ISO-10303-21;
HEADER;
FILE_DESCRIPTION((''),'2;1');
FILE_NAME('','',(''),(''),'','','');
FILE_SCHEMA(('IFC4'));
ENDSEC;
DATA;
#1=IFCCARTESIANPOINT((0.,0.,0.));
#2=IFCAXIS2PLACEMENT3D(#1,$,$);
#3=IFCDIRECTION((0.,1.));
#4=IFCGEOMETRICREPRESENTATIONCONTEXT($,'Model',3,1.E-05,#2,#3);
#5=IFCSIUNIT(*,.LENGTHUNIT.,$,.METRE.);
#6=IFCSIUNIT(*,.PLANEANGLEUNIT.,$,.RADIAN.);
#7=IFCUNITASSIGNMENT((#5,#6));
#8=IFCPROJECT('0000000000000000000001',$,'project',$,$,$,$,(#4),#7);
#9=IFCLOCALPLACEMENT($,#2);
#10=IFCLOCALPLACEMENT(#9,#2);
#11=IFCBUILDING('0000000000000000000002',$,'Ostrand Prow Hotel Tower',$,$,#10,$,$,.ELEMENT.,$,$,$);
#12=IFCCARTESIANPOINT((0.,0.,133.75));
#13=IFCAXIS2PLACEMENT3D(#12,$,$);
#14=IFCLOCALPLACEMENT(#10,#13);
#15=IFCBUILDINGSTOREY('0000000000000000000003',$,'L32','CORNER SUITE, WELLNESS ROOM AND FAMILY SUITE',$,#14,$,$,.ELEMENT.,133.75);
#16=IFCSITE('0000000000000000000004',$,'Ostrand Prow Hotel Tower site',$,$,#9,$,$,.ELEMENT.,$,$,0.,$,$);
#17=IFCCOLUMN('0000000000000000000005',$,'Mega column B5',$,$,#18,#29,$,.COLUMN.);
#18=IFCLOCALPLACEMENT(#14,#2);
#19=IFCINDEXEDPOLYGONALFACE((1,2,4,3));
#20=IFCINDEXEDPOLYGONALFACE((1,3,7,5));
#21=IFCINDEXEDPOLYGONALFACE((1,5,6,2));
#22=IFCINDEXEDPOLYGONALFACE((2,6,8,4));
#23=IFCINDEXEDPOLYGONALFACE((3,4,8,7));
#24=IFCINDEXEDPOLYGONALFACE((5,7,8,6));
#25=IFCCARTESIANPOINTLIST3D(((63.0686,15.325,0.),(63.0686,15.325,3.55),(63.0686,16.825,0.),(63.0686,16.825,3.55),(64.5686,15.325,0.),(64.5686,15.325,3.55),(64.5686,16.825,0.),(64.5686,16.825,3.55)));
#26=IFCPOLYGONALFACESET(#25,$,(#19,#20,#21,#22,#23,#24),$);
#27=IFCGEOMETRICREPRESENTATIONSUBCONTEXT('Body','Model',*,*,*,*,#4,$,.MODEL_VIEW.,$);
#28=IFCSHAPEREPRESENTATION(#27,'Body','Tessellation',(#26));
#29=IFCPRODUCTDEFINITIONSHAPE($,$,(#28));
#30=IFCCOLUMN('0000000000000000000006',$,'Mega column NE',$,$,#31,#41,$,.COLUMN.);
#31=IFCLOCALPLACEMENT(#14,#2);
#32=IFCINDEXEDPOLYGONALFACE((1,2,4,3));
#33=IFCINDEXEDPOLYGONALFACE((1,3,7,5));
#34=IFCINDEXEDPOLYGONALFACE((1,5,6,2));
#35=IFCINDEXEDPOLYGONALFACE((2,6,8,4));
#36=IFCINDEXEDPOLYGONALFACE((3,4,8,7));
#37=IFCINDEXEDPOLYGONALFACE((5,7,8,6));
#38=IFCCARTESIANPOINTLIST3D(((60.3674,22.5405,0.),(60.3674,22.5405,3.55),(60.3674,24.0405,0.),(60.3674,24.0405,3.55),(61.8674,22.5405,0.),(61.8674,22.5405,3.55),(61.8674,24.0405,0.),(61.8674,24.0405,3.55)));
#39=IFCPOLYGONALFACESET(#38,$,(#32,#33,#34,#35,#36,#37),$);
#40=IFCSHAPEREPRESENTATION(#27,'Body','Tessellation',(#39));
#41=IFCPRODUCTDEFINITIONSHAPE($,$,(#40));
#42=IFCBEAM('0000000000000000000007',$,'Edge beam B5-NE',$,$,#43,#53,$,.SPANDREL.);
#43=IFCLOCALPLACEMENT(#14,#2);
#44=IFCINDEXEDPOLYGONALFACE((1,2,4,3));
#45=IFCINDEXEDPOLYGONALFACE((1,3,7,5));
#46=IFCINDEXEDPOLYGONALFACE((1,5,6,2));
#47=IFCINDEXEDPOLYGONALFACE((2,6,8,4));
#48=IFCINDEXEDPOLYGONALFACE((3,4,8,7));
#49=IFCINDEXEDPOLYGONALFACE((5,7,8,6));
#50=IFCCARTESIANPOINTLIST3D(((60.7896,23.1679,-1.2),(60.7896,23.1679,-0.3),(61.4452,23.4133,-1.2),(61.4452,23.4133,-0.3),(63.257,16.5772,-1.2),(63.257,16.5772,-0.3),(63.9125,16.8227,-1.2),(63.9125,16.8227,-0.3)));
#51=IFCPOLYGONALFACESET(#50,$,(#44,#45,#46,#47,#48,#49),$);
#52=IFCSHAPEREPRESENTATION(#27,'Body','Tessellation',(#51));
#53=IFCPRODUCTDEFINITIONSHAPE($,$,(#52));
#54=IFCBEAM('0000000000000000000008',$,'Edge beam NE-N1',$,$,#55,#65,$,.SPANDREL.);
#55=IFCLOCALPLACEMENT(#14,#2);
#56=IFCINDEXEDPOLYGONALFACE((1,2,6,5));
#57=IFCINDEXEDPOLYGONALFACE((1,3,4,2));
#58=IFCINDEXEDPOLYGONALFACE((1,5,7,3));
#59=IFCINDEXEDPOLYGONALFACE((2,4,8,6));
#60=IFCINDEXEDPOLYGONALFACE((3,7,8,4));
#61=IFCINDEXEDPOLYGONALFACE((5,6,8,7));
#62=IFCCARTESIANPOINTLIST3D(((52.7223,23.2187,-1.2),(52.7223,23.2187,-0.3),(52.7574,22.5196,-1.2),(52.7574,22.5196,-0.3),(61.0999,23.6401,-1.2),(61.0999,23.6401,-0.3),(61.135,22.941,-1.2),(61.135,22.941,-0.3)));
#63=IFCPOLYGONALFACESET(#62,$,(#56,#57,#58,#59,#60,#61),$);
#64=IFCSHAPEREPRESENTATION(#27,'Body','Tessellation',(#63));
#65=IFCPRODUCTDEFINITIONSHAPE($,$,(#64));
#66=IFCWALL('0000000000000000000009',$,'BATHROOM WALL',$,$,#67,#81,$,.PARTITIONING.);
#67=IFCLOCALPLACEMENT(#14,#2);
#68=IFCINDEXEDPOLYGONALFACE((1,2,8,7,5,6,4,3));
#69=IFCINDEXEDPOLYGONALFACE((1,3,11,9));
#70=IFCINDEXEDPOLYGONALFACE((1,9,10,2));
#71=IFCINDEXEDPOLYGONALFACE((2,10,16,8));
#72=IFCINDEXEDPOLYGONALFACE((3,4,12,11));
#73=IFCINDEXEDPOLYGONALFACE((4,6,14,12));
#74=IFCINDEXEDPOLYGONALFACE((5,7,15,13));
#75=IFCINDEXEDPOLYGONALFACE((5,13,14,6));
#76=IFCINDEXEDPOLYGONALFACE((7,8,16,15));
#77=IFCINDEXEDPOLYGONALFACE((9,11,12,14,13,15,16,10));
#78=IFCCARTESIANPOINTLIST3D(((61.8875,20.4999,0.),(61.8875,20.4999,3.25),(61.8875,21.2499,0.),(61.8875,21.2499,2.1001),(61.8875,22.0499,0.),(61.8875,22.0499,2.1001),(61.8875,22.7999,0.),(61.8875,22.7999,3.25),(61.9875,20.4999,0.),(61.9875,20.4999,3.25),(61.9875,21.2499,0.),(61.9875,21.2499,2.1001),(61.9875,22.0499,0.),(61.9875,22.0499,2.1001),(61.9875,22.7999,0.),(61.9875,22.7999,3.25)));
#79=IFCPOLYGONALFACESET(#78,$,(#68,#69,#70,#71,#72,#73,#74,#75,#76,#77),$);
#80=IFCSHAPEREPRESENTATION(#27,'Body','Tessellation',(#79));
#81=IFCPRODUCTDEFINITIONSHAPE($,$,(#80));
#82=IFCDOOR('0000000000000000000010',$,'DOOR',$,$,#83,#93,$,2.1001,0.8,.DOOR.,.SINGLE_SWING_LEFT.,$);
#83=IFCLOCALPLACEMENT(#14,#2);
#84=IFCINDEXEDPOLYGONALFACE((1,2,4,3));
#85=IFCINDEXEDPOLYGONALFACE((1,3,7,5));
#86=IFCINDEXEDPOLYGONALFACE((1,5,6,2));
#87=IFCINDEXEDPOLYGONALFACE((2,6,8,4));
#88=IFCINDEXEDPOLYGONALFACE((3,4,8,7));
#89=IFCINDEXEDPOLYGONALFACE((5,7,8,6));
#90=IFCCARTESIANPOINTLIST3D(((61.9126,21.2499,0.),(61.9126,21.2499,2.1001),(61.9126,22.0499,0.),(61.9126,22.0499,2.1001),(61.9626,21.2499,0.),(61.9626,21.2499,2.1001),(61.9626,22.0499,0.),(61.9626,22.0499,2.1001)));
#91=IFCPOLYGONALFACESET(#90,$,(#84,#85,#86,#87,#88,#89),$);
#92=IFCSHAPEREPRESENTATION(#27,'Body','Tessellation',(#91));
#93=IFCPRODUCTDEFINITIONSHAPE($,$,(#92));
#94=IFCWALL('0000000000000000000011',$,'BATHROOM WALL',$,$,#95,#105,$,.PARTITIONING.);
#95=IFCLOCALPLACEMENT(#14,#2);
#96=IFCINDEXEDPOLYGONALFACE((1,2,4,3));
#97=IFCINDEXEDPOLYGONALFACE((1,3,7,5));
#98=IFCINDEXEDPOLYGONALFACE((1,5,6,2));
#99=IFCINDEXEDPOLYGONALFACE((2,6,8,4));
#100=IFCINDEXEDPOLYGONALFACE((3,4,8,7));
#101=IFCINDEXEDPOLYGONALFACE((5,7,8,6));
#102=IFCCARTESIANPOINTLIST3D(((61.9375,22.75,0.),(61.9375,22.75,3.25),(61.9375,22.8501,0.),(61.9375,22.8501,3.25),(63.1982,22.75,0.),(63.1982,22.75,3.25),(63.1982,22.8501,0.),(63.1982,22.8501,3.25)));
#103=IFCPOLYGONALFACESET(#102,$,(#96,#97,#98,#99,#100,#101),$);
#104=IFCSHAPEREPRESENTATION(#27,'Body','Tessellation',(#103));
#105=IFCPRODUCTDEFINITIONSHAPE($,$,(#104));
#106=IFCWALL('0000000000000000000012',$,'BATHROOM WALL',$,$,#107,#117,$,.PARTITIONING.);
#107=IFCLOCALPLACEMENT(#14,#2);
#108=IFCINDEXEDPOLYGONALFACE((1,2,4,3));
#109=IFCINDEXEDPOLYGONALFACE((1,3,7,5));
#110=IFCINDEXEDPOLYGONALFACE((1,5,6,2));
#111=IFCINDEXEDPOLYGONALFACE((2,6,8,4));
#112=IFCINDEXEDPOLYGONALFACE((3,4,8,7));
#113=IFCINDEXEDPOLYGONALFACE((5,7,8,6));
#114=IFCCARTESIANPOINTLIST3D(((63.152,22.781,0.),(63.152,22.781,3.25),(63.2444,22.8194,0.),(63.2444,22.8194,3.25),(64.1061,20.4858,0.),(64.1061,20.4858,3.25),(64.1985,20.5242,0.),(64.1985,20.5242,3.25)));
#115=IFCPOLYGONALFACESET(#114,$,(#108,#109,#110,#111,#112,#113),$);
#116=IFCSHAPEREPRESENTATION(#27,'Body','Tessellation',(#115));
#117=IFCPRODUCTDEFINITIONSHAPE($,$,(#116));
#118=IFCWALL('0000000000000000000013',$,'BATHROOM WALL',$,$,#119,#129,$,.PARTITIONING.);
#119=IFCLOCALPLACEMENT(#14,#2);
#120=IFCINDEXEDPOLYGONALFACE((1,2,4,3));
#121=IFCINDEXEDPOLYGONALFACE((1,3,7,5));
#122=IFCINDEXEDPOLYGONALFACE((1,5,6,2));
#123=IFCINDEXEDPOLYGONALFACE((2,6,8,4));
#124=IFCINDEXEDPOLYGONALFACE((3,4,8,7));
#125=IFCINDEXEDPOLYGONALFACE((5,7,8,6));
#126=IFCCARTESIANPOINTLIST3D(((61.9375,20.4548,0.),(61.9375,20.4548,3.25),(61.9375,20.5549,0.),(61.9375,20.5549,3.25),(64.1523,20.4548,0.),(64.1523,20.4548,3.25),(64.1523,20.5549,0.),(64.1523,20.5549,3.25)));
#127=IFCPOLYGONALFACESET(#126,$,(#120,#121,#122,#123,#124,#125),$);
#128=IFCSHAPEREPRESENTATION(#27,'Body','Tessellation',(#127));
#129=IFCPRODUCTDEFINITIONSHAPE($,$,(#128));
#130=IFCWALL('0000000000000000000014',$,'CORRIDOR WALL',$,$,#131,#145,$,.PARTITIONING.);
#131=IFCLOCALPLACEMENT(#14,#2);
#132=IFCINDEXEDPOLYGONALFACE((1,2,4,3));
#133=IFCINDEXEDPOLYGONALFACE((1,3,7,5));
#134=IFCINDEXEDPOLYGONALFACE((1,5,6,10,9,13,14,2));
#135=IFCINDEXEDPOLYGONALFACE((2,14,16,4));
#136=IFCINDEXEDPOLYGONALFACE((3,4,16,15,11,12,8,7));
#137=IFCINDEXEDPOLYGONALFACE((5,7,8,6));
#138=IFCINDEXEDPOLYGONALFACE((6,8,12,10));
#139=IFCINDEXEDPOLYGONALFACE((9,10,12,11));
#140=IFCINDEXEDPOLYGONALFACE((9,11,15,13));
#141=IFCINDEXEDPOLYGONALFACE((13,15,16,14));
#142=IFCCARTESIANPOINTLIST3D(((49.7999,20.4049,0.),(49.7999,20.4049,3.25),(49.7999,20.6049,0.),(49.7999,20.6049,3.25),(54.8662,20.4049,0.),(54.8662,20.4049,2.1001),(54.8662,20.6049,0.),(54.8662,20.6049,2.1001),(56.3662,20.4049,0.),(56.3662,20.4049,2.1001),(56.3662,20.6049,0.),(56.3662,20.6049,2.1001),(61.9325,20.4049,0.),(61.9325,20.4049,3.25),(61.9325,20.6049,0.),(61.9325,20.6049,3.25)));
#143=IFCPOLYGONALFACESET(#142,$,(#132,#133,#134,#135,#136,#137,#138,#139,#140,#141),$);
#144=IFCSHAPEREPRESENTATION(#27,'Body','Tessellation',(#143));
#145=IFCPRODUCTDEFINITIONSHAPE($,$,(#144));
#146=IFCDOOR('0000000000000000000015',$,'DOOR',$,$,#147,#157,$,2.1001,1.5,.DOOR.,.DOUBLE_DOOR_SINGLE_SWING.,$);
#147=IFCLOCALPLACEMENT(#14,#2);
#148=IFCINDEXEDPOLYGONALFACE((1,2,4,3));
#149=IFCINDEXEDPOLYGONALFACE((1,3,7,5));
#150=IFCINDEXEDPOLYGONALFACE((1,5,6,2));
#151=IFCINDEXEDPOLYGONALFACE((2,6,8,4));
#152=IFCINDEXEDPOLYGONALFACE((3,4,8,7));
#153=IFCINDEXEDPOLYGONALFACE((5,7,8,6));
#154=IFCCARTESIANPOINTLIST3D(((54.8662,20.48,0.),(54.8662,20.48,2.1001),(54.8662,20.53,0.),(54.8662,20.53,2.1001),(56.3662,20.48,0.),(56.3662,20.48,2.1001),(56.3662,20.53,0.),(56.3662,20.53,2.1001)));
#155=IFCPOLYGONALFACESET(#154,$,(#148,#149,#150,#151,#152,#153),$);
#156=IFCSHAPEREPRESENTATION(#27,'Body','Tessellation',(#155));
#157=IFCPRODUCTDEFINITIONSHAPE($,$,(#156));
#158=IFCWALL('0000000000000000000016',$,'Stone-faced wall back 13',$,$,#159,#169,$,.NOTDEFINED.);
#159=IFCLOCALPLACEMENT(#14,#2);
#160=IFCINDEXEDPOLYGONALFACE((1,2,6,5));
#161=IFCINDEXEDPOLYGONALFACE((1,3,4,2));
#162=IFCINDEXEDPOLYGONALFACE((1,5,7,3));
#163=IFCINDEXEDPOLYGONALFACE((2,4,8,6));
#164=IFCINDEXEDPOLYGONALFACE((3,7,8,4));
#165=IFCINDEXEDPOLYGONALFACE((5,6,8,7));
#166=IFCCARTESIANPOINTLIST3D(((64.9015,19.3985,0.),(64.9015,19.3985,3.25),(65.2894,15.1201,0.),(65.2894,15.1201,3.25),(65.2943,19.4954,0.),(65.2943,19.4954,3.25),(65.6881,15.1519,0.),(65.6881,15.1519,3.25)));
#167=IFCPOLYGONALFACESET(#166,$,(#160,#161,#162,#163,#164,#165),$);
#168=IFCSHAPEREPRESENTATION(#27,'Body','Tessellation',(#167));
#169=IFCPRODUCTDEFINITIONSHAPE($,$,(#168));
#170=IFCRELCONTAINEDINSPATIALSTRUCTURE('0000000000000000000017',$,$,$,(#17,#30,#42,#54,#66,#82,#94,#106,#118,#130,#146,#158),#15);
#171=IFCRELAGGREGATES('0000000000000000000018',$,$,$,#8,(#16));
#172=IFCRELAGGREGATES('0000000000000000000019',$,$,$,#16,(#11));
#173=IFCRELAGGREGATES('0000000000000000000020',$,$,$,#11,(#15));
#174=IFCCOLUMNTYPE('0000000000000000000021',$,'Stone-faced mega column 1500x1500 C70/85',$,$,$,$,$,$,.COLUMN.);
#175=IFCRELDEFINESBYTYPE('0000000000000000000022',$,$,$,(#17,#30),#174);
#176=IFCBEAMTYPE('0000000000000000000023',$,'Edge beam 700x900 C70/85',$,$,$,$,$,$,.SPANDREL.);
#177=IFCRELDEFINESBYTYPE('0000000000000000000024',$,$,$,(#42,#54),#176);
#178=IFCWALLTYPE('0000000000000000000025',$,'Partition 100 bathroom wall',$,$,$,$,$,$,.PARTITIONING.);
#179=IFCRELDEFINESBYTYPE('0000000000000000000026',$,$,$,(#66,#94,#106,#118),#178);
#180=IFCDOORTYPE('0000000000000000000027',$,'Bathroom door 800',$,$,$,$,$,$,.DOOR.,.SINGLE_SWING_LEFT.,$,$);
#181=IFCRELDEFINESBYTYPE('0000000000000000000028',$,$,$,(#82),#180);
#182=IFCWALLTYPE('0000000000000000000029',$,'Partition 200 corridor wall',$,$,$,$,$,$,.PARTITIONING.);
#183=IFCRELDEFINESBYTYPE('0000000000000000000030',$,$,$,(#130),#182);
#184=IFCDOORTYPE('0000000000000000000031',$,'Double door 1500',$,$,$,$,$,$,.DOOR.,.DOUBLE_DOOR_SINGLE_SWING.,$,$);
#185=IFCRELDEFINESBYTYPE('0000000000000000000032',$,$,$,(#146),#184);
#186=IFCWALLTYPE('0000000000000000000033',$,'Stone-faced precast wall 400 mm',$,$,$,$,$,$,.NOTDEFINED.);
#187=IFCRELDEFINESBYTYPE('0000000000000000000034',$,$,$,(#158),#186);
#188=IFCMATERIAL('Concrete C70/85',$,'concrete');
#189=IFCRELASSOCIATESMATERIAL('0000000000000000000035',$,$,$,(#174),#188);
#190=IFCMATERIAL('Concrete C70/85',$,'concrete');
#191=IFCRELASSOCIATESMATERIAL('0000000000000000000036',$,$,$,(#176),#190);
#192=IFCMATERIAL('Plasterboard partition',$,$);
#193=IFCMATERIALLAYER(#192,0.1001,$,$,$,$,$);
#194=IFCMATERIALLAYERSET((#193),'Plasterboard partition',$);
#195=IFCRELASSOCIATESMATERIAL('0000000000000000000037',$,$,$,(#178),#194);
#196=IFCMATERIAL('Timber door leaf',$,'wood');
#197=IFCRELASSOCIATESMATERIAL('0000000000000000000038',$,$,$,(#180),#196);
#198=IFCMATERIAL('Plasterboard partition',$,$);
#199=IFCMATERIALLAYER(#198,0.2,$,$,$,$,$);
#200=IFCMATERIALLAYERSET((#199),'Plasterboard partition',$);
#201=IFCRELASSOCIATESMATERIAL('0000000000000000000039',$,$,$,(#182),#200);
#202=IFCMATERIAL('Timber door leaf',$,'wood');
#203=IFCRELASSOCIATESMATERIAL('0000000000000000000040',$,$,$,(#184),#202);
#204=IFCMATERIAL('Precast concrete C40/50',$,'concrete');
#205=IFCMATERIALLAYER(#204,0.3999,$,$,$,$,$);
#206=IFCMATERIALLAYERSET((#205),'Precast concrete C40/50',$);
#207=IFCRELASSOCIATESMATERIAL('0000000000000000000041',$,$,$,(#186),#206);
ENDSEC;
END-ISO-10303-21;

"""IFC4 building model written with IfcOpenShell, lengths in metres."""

from ifc_helpers import new_model, si_unit, direction, frame, frame_2d, origin, origin_2d, place, context, subcontext, project, spatial, polyline, rectangle, outline, extrude, material, layer, layer_set, material_profile, profile_set, type_object, element, fill, save


model = new_model("IFC4")

# Units and contexts
model_context = context("Model", 3, precision=1e-05, world=origin(), true_north=direction((0.0, 1.0)))
body_context = subcontext(model_context, "Body", "Model", "MODEL_VIEW")
ifc_project = project(units=[si_unit("LENGTHUNIT", "METRE"), si_unit("PLANEANGLEUNIT", "RADIAN")], contexts=[model_context])

# Site, building, storey
site_placement = place(None, origin())
site = spatial("IfcSite", under=ifc_project, at=site_placement, Name="Ostrand Prow Hotel Tower site", CompositionType="ELEMENT", RefElevation=0.0)
building_placement = place(site_placement, origin())
building = spatial("IfcBuilding", under=site, at=building_placement, Name="Ostrand Prow Hotel Tower", CompositionType="ELEMENT")
storey_placement = place(building_placement, frame((0.0, 0.0, 133.75)))
storey = spatial("IfcBuildingStorey", under=building, at=storey_placement, Name="L32", Description="CORNER SUITE, WELLNESS ROOM AND FAMILY SUITE", CompositionType="ELEMENT", Elevation=133.75)

# Columns
ifc_material_1 = material(Name="Concrete C70/85", Category="concrete")
ifc_material_profile_1 = material_profile(ifc_material_1, rectangle(XDim=1.5, YDim=1.5, at=origin_2d()), Name="RC 1500x1500")
ifc_profile_set_1 = profile_set([ifc_material_profile_1], Name="Concrete C70/85")
column_type = type_object("IfcColumnType", Name="Stone-faced mega column 1500x1500 C70/85", PredefinedType="COLUMN", material=ifc_profile_set_1)
for number, where, z_axis, x_axis, name in (
    (1, (63.8186, 16.075, 0.0), (0.0, 0.0, 1.0), (1.0, 0.0, 0.0), "Mega column B5"),
    (2, (61.1174, 23.2905, 0.0), (0.0, 0.0, 1.0), (1.0, 0.0, 0.0), "Mega column NE"),
):
    element("IfcColumn", number, at=place(storey_placement, frame(where, z_axis=z_axis, x_axis=x_axis)), inside=storey, type_object=column_type, Name=name, PredefinedType="COLUMN", context=body_context, shape_type="SweptSolid", body=[
        extrude(rectangle(XDim=1.5, YDim=1.5, at=origin_2d()), origin(), (0.0, 0.0, 1.0), 3.55),
    ])

# Beams
ifc_material_2 = material(Name="Concrete C70/85", Category="concrete")
ifc_material_profile_2 = material_profile(ifc_material_2, rectangle(XDim=0.7, YDim=0.8999, at=origin_2d()), Name="RC 700x900")
ifc_profile_set_2 = profile_set([ifc_material_profile_2], Name="Concrete C70/85")
beam_type = type_object("IfcBeamType", Name="Edge beam 700x900 C70/85", PredefinedType="SPANDREL", material=ifc_profile_set_2)
beam_1_placement = place(storey_placement, frame((63.5847, 16.7, -0.75), z_axis=(-0.350603, 0.936524, 0.0), x_axis=(-0.936524, -0.350603, 0.0)))
element("IfcBeam", 3, at=beam_1_placement, inside=storey, type_object=beam_type, Name="Edge beam B5-NE", PredefinedType="SPANDREL", context=body_context, shape_type="SweptSolid", body=[
    extrude(rectangle(XDim=0.7, YDim=0.8999, at=origin_2d()), origin(), (0.0, 0.0, 1.0), 7.0374),
])
beam_2_placement = place(storey_placement, frame((61.1174, 23.2905, -0.75), z_axis=(-0.998737, -0.050235, 0.0), x_axis=(0.050235, -0.998737, 0.0)))
element("IfcBeam", 4, at=beam_2_placement, inside=storey, type_object=beam_type, Name="Edge beam NE-N1", PredefinedType="SPANDREL", context=body_context, shape_type="SweptSolid", body=[
    extrude(rectangle(XDim=0.7, YDim=0.8999, at=origin_2d()), origin(), (0.0, 0.0, 1.0), 8.3882),
])

# Wall, opening, door
ifc_material_3 = material(Name="Plasterboard partition")
ifc_layer_1 = layer(ifc_material_3, 0.1001)
ifc_layer_set_1 = layer_set([ifc_layer_1], Name="Plasterboard partition")
wall_type_1 = type_object("IfcWallType", Name="Partition 100 bathroom wall", PredefinedType="PARTITIONING", material=ifc_layer_set_1)
wall_1_placement = place(storey_placement, frame((61.9375, 20.5, 0.0), z_axis=(0.0, 0.0, 1.0), x_axis=(0.0, 1.0, 0.0)))
wall_1 = element("IfcWall", 5, at=wall_1_placement, inside=storey, type_object=wall_type_1, Name="BATHROOM WALL", PredefinedType="PARTITIONING", context=body_context, shape_type="SweptSolid", body=[
    extrude(rectangle(XDim=2.3, YDim=0.1001, at=frame_2d((1.1499, 0.0))), origin(), (0.0, 0.0, 1.0), 3.25),
])
opening_1_placement = place(wall_1_placement, frame((0.75, 0.0, 0.0)))
opening_1 = element("IfcOpeningElement", 6, at=opening_1_placement, cuts=wall_1, PredefinedType="OPENING", context=body_context, shape_type="SweptSolid", body=[
    extrude(rectangle(XDim=0.8, YDim=2.1001, at=frame_2d((0.3999, 1.05))), frame((0.0, 0.0601, 0.0), z_axis=(0.0, -1.0, 0.0), x_axis=(1.0, 0.0, 0.0)), (0.0, 0.0, 1.0), 0.1201),
])
ifc_material_4 = material(Name="Timber door leaf", Category="wood")
door_type_1 = type_object("IfcDoorType", Name="Bathroom door 800", OperationType="SINGLE_SWING_LEFT", PredefinedType="DOOR", material=ifc_material_4)
door_1_placement = place(opening_1_placement, origin())
door_1 = element("IfcDoor", 7, at=door_1_placement, inside=storey, type_object=door_type_1, Name="DOOR", OperationType="SINGLE_SWING_LEFT", OverallHeight=2.1001, OverallWidth=0.8, PredefinedType="DOOR", context=body_context, shape_type="SweptSolid", body=[
    extrude(rectangle(XDim=0.8, YDim=2.1001, at=frame_2d((0.3999, 1.05))), frame((0.0, 0.0249, 0.0), z_axis=(0.0, -1.0, 0.0), x_axis=(1.0, 0.0, 0.0)), (0.0, 0.0, 1.0), 0.05),
])
fill(opening_1, door_1)

# Walls
wall_2_placement = place(storey_placement, frame((61.9375, 22.8, 0.0), z_axis=(0.0, 0.0, 1.0), x_axis=(1.0, 0.0, 0.0)))
element("IfcWall", 8, at=wall_2_placement, inside=storey, type_object=wall_type_1, Name="BATHROOM WALL", PredefinedType="PARTITIONING", context=body_context, shape_type="SweptSolid", body=[
    extrude(rectangle(XDim=1.2607, YDim=0.1001, at=frame_2d((0.6304, 0.0))), origin(), (0.0, 0.0, 1.0), 3.25),
])
wall_3_placement = place(storey_placement, frame((63.1982, 22.8, 0.0), z_axis=(0.0, 0.0, 1.0), x_axis=(0.383855, -0.923393, 0.0)))
element("IfcWall", 9, at=wall_3_placement, inside=storey, type_object=wall_type_1, Name="BATHROOM WALL", PredefinedType="PARTITIONING", context=body_context, shape_type="SweptSolid", body=[
    extrude(rectangle(XDim=2.4856, YDim=0.1001, at=frame_2d((1.2427, 0.0))), origin(), (0.0, 0.0, 1.0), 3.25),
])
wall_4_placement = place(storey_placement, frame((64.1523, 20.5049, 0.0), z_axis=(0.0, 0.0, 1.0), x_axis=(-1.0, 0.0, 0.0)))
element("IfcWall", 10, at=wall_4_placement, inside=storey, type_object=wall_type_1, Name="BATHROOM WALL", PredefinedType="PARTITIONING", context=body_context, shape_type="SweptSolid", body=[
    extrude(rectangle(XDim=2.2148, YDim=0.1001, at=frame_2d((1.1074, 0.0))), origin(), (0.0, 0.0, 1.0), 3.25),
])

# Wall, opening, door
ifc_material_5 = material(Name="Plasterboard partition")
ifc_layer_2 = layer(ifc_material_5, 0.2)
ifc_layer_set_2 = layer_set([ifc_layer_2], Name="Plasterboard partition")
wall_type_2 = type_object("IfcWallType", Name="Partition 200 corridor wall", PredefinedType="PARTITIONING", material=ifc_layer_set_2)
wall_5_placement = place(storey_placement, frame((61.9326, 20.5049, 0.0), z_axis=(0.0, 0.0, 1.0), x_axis=(-1.0, 0.0, 0.0)))
wall_5 = element("IfcWall", 11, at=wall_5_placement, inside=storey, type_object=wall_type_2, Name="CORRIDOR WALL", PredefinedType="PARTITIONING", context=body_context, shape_type="SweptSolid", body=[
    extrude(rectangle(XDim=12.1326, YDim=0.2, at=frame_2d((6.0664, 0.0))), origin(), (0.0, 0.0, 1.0), 3.25),
])
opening_2_placement = place(wall_5_placement, frame((5.5664, 0.0, 0.0)))
opening_2 = element("IfcOpeningElement", 12, at=opening_2_placement, cuts=wall_5, PredefinedType="OPENING", context=body_context, shape_type="SweptSolid", body=[
    extrude(rectangle(XDim=1.5, YDim=2.1001, at=frame_2d((0.75, 1.05))), frame((0.0, 0.1099, 0.0), z_axis=(0.0, -1.0, 0.0), x_axis=(1.0, 0.0, 0.0)), (0.0, 0.0, 1.0), 0.22),
])
ifc_material_6 = material(Name="Timber door leaf", Category="wood")
door_type_2 = type_object("IfcDoorType", Name="Double door 1500", OperationType="DOUBLE_DOOR_SINGLE_SWING", PredefinedType="DOOR", material=ifc_material_6)
door_2_placement = place(opening_2_placement, origin())
door_2 = element("IfcDoor", 13, at=door_2_placement, inside=storey, type_object=door_type_2, Name="DOOR", OperationType="DOUBLE_DOOR_SINGLE_SWING", OverallHeight=2.1001, OverallWidth=1.5, PredefinedType="DOOR", context=body_context, shape_type="SweptSolid", body=[
    extrude(rectangle(XDim=1.5, YDim=2.1001, at=frame_2d((0.75, 1.05))), frame((0.0, 0.0249, 0.0), z_axis=(0.0, -1.0, 0.0), x_axis=(1.0, 0.0, 0.0)), (0.0, 0.0, 1.0), 0.05),
])
fill(opening_2, door_2)

# Wall
ifc_material_7 = material(Name="Precast concrete C40/50", Category="concrete")
ifc_layer_3 = layer(ifc_material_7, 0.3999)
ifc_layer_set_3 = layer_set([ifc_layer_3], Name="Precast concrete C40/50")
wall_type_3 = type_object("IfcWallType", Name="Stone-faced precast wall 400 mm", PredefinedType="NOTDEFINED", material=ifc_layer_set_3)
wall_6_placement = place(storey_placement, frame((65.4888, 15.136, 0.0), z_axis=(0.0, 0.0, 1.0), x_axis=(-0.090297, 0.995915, 0.0)))
element("IfcWall", 14, at=wall_6_placement, inside=storey, type_object=wall_type_3, Name="Stone-faced wall back 13", PredefinedType="NOTDEFINED", context=body_context, shape_type="SweptSolid", body=[
    extrude(outline(polyline([(-0.0022, -0.2), (4.3591, -0.2), (4.2981, 0.2), (0.0022, 0.2), (-0.0022, -0.2)])), origin(), (0.0, 0.0, 1.0), 3.25),
])

save(model, "model.ifc")
